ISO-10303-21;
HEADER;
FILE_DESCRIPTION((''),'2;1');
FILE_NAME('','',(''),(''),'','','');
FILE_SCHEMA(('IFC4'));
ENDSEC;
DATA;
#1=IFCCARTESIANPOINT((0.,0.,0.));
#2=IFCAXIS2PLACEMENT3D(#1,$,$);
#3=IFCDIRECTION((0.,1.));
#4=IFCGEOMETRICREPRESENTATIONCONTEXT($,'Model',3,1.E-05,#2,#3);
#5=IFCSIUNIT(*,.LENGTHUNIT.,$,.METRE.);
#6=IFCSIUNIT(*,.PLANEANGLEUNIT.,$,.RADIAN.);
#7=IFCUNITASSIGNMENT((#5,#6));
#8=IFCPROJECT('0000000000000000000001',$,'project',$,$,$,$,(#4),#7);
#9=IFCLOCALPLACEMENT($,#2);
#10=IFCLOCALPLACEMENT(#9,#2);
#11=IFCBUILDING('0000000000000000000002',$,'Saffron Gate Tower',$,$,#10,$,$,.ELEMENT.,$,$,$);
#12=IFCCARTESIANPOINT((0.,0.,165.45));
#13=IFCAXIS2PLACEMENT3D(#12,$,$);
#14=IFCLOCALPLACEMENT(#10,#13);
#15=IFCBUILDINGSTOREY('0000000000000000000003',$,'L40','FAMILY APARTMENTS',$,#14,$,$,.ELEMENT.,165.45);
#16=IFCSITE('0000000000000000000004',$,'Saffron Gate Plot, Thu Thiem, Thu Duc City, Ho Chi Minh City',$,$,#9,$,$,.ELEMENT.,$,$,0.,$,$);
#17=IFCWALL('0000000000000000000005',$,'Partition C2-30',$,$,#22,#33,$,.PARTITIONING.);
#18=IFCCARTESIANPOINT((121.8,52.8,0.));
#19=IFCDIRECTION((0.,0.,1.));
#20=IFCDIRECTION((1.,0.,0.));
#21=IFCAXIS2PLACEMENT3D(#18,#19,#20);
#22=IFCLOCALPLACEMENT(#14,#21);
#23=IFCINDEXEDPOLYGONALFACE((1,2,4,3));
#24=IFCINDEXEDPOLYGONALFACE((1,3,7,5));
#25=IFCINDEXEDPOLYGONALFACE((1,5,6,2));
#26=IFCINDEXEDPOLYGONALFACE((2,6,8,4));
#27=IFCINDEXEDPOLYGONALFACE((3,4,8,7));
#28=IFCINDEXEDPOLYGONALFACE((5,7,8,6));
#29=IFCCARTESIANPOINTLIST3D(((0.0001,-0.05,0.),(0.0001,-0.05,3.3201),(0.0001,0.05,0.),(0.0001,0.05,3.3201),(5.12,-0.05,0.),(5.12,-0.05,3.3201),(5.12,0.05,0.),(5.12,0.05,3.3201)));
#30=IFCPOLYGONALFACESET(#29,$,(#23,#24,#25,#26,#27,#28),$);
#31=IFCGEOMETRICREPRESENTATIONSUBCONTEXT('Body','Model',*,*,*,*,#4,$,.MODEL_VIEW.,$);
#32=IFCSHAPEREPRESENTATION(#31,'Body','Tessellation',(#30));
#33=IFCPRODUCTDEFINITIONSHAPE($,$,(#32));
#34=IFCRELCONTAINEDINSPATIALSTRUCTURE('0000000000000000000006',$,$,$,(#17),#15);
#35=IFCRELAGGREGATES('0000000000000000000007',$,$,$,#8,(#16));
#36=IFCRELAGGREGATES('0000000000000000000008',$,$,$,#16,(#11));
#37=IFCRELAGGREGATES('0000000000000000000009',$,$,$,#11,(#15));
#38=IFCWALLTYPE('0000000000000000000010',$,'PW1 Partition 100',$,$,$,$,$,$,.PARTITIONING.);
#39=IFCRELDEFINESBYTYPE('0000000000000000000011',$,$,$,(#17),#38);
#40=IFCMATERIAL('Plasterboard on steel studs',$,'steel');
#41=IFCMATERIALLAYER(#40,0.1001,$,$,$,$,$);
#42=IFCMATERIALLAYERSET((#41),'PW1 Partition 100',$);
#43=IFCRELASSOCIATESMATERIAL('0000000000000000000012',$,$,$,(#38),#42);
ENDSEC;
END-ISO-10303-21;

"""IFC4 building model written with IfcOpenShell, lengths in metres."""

from ifc_helpers import new_model, si_unit, direction, frame, frame_2d, origin, place, context, subcontext, project, spatial, rectangle, extrude, material, layer, layer_set, type_object, element, save


model = new_model("IFC4")

# Units and contexts
model_context = context("Model", 3, precision=1e-05, world=origin(), true_north=direction((0.0, 1.0)))
body_context = subcontext(model_context, "Body", "Model", "MODEL_VIEW")
ifc_project = project(units=[si_unit("LENGTHUNIT", "METRE"), si_unit("PLANEANGLEUNIT", "RADIAN")], contexts=[model_context])

# Site, building, storey
site_placement = place(None, origin())
site = spatial("IfcSite", under=ifc_project, at=site_placement, Name="Saffron Gate Plot, Thu Thiem, Thu Duc City, Ho Chi Minh City", CompositionType="ELEMENT", RefElevation=0.0)
building_placement = place(site_placement, origin())
building = spatial("IfcBuilding", under=site, at=building_placement, Name="Saffron Gate Tower", CompositionType="ELEMENT")
storey_placement = place(building_placement, frame((0.0, 0.0, 165.45)))
storey = spatial("IfcBuildingStorey", under=building, at=storey_placement, Name="L40", Description="FAMILY APARTMENTS", CompositionType="ELEMENT", Elevation=165.45)

# Shared definitions
ifc_material_1 = material(Name="Plasterboard on steel studs", Category="steel")
ifc_layer_1 = layer(ifc_material_1, 0.1001)
ifc_layer_set_1 = layer_set([ifc_layer_1], Name="PW1 Partition 100")
wall_type_1 = type_object("IfcWallType", Name="PW1 Partition 100", PredefinedType="PARTITIONING", material=ifc_layer_set_1)

# Wall
wall_1_placement = place(storey_placement, frame((121.8, 52.8, 0.0), z_axis=(0.0, 0.0, 1.0), x_axis=(1.0, 0.0, 0.0)))
element("IfcWall", 1, at=wall_1_placement, inside=storey, type_object=wall_type_1, Name="Partition C2-30", PredefinedType="PARTITIONING", context=body_context, shape_type="SweptSolid", body=[
    extrude(rectangle(XDim=5.1199, YDim=0.1001, at=frame_2d((2.5601, 0.0))), origin(), (0.0, 0.0, 1.0), 3.3201),
])

save(model, "model.ifc")
